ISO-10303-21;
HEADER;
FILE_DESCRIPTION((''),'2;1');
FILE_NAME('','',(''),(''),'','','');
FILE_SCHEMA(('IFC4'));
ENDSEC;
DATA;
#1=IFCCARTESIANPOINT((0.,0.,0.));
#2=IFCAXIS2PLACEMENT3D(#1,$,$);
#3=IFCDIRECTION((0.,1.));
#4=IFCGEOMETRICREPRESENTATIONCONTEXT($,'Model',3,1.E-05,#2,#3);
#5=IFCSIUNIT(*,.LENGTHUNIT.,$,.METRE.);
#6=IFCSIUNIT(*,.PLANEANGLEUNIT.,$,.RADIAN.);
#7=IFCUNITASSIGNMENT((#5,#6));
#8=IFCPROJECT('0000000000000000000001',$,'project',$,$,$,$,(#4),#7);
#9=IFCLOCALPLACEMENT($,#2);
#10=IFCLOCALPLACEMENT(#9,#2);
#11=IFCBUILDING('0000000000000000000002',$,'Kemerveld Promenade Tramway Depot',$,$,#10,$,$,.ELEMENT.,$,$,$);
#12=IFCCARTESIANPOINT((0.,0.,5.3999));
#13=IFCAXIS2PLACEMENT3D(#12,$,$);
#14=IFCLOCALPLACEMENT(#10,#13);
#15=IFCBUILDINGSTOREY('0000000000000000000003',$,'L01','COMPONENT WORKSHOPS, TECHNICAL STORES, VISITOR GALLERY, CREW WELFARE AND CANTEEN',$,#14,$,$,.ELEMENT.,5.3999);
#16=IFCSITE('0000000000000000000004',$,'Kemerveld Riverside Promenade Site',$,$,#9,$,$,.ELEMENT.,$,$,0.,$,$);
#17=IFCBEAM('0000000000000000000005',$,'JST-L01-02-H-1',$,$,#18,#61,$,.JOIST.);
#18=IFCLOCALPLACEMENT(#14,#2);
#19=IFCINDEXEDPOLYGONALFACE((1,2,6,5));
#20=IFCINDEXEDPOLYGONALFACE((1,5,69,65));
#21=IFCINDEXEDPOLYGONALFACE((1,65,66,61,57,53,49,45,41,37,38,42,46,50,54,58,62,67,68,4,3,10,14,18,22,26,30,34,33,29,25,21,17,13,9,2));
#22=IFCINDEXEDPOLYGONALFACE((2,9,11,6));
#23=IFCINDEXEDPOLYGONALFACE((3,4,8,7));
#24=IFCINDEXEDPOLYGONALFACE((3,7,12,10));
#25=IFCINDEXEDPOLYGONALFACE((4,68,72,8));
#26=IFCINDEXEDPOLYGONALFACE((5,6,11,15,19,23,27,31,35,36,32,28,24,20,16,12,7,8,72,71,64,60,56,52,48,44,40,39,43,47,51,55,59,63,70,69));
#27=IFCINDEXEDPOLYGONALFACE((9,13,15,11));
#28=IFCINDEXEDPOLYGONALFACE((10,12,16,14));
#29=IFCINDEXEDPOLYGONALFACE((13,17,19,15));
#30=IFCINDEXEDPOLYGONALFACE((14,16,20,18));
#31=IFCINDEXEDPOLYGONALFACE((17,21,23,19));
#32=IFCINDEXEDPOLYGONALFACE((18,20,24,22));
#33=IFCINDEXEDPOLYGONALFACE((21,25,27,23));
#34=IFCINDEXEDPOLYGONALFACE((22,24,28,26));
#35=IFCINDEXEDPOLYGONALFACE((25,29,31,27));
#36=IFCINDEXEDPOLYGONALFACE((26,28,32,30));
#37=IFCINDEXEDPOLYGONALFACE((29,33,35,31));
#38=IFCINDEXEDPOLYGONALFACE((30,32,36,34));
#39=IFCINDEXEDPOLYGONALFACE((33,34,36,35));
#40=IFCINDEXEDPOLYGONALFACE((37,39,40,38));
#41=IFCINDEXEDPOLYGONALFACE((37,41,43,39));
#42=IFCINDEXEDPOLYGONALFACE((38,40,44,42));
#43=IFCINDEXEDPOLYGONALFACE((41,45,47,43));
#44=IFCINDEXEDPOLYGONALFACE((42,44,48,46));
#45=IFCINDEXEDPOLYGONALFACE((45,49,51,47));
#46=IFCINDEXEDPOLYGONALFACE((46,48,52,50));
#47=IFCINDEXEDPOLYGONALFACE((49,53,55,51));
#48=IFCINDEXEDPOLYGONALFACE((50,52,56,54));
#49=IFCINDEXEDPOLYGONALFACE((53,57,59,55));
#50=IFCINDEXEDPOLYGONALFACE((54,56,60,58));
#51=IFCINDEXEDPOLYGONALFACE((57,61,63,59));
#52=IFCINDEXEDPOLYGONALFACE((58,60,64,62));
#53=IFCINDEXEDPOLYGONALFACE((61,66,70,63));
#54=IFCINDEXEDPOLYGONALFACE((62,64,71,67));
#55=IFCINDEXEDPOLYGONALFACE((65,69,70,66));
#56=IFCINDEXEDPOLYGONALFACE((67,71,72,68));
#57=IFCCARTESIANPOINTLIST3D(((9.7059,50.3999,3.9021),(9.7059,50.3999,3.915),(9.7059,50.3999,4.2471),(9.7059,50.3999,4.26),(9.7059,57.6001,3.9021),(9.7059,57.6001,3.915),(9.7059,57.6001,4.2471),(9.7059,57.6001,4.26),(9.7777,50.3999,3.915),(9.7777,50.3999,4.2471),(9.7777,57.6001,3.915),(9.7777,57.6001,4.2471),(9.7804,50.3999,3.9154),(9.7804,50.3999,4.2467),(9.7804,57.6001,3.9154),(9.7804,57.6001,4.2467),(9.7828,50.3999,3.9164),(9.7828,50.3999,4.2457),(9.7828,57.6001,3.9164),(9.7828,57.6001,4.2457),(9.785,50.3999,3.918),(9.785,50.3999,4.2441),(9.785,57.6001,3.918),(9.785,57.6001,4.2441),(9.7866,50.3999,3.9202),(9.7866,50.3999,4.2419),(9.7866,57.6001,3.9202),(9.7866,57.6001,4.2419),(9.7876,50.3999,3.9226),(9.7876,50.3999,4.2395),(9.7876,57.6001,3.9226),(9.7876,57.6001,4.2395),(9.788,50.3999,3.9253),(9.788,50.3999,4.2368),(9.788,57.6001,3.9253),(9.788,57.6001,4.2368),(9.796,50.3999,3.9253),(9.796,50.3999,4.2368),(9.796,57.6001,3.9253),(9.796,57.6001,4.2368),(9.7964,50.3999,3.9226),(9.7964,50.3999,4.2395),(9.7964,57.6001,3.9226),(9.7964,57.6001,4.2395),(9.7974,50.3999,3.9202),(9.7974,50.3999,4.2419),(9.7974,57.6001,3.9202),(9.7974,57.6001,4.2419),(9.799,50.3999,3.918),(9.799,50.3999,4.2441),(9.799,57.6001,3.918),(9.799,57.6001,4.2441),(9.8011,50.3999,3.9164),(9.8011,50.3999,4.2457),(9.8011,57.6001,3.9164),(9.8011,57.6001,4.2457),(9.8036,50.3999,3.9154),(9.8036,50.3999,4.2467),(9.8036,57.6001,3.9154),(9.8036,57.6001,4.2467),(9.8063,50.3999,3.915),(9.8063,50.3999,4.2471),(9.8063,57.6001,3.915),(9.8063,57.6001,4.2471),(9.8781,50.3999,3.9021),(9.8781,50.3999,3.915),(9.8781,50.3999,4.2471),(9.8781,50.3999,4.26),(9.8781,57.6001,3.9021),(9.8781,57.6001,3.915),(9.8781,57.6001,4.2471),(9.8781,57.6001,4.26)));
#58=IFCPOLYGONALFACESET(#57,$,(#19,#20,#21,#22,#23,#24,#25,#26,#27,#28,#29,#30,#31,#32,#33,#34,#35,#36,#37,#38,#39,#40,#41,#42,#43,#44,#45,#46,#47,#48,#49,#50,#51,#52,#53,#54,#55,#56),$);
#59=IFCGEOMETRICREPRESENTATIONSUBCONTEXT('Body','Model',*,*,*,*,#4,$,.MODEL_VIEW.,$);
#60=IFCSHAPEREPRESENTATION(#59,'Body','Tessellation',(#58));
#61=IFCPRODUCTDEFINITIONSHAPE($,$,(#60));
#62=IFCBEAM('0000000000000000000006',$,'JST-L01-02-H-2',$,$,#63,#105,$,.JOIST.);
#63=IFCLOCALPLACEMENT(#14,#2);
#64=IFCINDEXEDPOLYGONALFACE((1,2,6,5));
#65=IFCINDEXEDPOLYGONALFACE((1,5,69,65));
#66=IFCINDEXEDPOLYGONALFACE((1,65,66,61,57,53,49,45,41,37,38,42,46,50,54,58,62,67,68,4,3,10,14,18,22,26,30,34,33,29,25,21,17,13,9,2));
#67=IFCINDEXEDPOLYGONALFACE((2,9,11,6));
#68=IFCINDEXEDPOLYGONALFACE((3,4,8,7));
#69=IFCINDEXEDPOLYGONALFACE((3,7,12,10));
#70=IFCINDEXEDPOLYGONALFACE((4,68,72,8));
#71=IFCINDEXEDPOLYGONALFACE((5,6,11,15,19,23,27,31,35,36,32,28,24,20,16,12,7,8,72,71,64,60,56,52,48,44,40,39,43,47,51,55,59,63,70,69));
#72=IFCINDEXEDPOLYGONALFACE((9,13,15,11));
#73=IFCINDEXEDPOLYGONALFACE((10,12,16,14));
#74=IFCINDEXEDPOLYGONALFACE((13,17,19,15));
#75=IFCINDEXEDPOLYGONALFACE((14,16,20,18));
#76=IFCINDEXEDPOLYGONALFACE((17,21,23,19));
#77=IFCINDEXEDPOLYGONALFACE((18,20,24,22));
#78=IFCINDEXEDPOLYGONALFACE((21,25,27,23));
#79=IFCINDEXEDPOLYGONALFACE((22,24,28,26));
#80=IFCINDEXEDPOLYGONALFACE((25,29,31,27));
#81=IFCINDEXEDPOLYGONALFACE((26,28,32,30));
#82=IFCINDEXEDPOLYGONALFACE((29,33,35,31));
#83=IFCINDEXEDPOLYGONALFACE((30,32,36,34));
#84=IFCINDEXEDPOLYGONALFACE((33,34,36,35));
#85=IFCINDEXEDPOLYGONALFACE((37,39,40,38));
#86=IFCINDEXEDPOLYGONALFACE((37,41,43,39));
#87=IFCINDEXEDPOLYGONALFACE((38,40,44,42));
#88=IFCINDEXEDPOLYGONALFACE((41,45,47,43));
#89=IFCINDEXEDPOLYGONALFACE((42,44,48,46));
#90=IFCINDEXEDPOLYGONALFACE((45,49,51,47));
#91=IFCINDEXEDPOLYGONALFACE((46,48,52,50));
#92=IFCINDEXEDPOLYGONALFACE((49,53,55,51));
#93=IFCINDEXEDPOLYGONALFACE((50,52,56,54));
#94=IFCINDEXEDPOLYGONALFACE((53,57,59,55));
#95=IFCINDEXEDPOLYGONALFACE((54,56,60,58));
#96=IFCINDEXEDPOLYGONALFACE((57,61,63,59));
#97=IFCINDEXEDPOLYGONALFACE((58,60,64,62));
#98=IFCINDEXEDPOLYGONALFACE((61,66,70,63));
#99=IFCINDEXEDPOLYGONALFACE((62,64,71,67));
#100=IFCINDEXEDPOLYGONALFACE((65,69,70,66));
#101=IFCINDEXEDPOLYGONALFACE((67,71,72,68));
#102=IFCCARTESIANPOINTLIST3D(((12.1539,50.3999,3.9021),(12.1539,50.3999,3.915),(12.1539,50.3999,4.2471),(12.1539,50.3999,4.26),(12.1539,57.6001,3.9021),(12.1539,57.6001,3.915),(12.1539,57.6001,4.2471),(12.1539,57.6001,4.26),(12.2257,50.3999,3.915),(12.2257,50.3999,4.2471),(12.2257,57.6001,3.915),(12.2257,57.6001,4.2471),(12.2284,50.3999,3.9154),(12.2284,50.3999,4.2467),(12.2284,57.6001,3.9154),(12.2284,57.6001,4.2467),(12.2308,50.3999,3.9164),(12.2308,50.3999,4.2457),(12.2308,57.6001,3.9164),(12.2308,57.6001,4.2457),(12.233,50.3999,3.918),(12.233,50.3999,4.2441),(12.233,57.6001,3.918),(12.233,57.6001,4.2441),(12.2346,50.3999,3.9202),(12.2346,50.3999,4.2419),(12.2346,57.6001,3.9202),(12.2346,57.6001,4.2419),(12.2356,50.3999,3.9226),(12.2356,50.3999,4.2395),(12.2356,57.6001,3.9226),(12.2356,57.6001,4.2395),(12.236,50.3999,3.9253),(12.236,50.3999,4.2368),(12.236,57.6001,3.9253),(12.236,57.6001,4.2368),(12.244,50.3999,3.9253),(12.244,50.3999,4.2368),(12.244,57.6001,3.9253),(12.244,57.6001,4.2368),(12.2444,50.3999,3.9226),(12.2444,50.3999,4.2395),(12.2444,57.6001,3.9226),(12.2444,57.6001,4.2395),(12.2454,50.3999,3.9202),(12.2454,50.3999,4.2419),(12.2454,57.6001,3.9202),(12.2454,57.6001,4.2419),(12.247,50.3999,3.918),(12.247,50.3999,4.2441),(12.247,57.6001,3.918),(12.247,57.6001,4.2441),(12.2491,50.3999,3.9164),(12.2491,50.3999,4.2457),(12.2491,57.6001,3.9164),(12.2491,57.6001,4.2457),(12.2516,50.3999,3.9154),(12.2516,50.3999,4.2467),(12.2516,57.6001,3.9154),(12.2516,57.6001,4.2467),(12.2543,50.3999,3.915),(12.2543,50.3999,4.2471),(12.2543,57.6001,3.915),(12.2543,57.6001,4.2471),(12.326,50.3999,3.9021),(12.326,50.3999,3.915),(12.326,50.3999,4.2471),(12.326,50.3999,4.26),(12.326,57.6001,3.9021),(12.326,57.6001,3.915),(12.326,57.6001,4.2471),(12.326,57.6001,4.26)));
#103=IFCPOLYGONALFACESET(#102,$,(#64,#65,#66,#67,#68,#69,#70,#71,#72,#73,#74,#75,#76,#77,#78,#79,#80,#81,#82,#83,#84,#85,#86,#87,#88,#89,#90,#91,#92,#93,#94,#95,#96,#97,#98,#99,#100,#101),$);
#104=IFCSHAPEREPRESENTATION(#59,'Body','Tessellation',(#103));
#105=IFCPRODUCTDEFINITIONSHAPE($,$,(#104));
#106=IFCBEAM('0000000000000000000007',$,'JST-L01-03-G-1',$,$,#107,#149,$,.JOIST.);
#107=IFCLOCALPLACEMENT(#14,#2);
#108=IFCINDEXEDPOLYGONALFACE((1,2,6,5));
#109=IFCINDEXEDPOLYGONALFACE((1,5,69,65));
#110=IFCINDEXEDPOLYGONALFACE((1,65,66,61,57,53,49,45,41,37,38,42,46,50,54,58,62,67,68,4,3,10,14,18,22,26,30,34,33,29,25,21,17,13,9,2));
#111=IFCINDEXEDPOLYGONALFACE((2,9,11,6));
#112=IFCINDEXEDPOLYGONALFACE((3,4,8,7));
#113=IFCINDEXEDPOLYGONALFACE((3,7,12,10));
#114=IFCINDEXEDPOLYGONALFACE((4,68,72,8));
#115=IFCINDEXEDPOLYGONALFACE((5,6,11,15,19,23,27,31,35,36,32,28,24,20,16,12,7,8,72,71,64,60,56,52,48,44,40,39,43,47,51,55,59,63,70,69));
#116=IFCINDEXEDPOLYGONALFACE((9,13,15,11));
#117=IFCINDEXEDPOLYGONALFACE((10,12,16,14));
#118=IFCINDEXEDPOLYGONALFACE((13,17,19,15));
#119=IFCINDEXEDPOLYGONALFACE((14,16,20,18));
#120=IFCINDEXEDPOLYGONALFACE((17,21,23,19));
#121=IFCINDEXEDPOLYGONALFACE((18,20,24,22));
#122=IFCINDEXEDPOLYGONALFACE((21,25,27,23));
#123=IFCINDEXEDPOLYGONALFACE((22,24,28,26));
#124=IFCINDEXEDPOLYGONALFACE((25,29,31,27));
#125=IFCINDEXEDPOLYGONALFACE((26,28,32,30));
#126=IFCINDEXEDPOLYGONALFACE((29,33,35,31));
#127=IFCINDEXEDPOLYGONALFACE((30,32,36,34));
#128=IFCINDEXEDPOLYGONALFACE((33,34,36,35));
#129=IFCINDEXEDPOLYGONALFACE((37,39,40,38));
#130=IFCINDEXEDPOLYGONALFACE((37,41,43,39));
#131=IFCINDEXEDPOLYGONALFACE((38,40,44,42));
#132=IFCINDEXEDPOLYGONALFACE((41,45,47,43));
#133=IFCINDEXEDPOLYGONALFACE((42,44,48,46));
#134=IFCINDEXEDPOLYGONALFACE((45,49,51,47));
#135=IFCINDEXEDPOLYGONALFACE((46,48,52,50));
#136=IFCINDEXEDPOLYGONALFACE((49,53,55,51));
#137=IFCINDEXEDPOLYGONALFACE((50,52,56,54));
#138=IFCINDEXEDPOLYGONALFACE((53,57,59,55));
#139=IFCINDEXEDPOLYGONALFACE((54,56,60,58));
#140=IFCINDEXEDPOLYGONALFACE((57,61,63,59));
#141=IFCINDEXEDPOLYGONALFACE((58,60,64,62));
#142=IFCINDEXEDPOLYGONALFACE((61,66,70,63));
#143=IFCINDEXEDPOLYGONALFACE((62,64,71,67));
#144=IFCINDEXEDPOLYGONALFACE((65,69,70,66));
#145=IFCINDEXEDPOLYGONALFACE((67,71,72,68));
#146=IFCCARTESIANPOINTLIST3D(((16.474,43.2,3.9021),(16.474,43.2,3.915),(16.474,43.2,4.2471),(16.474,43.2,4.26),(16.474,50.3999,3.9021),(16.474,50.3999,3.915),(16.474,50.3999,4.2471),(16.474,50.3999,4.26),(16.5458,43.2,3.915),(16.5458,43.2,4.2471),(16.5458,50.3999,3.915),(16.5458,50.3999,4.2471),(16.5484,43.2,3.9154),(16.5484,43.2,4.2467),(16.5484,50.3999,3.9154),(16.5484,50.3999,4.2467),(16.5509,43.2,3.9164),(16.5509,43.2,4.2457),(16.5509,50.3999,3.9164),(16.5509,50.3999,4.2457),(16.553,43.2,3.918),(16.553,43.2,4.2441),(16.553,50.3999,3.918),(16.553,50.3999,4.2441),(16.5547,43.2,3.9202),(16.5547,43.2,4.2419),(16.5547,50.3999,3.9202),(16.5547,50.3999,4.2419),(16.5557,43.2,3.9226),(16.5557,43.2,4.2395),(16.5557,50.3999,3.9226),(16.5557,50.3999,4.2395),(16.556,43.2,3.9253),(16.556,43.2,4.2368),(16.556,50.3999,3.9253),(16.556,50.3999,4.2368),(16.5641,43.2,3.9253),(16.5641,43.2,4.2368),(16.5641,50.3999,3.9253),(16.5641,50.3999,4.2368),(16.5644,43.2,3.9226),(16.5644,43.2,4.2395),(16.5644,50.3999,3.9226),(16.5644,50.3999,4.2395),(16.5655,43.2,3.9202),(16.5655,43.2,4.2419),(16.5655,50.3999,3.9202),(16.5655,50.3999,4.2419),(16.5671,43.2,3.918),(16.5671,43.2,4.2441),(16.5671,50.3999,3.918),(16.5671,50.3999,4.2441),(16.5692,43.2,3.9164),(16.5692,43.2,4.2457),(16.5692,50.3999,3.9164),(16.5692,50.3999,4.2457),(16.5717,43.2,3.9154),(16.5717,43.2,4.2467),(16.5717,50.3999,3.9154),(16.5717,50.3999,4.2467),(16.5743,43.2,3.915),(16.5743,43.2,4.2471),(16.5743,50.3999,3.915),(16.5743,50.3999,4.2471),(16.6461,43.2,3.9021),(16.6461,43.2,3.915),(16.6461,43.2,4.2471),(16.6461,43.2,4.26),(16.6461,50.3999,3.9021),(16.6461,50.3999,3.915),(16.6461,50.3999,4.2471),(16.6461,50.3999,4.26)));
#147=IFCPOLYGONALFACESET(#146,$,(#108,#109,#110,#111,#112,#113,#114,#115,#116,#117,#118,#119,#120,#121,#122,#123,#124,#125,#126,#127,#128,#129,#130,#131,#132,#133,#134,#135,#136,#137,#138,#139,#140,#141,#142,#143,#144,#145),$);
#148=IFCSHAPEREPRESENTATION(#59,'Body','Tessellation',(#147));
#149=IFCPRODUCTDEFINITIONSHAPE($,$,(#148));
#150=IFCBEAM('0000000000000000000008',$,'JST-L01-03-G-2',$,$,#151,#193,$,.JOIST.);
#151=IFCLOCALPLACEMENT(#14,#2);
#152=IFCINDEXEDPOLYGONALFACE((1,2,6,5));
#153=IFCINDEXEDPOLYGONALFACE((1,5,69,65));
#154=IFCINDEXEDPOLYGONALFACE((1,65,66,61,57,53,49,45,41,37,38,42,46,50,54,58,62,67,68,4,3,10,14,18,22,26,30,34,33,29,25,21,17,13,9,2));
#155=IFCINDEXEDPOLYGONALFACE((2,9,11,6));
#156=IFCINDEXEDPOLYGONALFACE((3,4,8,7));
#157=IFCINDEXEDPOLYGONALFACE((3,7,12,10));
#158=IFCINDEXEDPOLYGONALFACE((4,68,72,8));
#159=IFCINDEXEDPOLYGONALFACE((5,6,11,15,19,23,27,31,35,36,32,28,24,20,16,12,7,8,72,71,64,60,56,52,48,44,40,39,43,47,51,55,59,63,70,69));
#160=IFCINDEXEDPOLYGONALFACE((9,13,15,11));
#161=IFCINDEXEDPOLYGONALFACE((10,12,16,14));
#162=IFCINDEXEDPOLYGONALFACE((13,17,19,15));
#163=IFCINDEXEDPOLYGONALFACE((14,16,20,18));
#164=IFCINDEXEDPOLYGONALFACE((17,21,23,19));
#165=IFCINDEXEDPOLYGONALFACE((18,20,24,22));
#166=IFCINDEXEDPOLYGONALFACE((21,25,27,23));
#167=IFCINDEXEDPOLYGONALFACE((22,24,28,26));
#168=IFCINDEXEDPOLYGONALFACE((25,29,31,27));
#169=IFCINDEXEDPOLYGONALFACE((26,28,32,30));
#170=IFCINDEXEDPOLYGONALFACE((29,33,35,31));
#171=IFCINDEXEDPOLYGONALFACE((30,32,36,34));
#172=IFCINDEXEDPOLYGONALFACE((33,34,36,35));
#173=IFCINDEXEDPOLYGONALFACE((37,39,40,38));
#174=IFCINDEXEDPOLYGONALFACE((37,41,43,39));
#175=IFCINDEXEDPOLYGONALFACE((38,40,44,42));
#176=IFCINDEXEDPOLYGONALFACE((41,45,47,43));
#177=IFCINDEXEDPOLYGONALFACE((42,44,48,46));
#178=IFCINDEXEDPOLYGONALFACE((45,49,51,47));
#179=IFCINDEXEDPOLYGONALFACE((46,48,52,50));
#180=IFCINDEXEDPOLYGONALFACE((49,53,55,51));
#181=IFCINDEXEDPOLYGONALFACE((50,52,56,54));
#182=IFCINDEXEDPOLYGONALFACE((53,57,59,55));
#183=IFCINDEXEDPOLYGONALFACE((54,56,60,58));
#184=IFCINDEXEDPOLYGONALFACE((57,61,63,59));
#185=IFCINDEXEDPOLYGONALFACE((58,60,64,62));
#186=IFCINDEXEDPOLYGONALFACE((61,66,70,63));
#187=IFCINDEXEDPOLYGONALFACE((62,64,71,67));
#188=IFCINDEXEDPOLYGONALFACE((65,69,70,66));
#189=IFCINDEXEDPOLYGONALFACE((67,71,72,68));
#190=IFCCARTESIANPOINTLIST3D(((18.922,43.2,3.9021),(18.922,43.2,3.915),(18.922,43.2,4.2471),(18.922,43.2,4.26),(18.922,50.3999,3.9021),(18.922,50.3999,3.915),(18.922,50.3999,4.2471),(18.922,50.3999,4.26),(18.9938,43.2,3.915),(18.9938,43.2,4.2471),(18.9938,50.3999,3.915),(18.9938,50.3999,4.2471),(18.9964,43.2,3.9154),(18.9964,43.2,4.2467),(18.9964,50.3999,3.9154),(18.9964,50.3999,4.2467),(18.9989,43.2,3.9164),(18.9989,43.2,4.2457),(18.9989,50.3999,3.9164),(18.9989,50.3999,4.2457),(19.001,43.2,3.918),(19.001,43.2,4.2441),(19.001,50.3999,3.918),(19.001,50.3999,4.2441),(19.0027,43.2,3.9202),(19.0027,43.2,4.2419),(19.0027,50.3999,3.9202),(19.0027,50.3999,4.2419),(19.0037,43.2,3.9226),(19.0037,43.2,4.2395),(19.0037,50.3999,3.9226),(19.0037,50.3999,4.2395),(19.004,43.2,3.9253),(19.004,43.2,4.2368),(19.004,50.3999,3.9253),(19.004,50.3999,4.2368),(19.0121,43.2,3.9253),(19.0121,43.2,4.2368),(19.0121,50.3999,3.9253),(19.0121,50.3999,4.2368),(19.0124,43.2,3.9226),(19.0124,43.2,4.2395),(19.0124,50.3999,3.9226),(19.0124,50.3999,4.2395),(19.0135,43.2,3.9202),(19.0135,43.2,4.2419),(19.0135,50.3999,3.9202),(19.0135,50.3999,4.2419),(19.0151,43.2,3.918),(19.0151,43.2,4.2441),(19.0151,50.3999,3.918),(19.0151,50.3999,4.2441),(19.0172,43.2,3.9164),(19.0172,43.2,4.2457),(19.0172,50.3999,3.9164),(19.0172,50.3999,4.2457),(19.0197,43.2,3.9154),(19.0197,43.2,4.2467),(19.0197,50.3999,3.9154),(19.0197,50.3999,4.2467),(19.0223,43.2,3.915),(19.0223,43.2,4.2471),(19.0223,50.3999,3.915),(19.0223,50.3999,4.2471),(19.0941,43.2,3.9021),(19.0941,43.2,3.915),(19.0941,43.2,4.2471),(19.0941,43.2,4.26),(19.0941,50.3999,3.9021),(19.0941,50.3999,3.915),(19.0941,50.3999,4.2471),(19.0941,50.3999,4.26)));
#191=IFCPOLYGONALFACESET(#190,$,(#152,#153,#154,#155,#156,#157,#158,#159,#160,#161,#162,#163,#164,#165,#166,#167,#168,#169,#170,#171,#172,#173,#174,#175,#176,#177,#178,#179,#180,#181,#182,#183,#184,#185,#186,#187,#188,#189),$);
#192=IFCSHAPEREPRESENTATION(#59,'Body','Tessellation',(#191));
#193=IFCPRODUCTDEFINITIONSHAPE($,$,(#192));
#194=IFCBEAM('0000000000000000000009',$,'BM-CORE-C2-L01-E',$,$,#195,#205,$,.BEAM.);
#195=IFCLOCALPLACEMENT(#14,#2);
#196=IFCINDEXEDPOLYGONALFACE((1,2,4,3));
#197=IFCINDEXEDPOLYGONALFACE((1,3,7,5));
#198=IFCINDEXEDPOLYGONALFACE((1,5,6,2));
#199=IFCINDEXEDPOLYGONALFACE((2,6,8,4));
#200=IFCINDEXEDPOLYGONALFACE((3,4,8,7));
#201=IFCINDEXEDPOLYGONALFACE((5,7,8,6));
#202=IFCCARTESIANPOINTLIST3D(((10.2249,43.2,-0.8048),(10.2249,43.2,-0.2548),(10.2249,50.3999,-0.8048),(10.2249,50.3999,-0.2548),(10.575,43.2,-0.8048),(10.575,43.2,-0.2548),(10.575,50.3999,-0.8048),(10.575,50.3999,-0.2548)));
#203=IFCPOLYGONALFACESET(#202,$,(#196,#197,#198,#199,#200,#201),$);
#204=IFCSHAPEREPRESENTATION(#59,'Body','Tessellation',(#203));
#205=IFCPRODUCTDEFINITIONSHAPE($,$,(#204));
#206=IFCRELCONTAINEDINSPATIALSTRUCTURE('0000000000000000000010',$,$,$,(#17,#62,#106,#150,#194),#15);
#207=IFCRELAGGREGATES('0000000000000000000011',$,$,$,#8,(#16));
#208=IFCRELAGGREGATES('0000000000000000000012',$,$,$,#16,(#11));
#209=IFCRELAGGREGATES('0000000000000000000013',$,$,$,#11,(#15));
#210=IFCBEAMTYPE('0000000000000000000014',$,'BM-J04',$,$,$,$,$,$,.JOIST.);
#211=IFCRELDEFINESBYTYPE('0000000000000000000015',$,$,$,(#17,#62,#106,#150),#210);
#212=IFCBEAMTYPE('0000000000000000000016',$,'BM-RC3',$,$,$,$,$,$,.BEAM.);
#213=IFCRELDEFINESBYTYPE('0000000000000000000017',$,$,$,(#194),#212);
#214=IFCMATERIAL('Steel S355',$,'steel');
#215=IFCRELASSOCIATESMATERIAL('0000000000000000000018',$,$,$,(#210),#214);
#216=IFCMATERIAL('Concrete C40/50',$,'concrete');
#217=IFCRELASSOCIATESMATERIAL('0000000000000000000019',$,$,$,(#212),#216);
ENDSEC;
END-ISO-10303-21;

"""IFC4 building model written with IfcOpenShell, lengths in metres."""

from ifc_helpers import new_model, si_unit, direction, frame, origin, origin_2d, place, context, subcontext, project, spatial, rectangle, i_section, extrude, material, material_profile, profile_set, type_object, element, save


model = new_model("IFC4")

# Units and contexts
model_context = context("Model", 3, precision=1e-05, world=origin(), true_north=direction((0.0, 1.0)))
body_context = subcontext(model_context, "Body", "Model", "MODEL_VIEW")
ifc_project = project(units=[si_unit("LENGTHUNIT", "METRE"), si_unit("PLANEANGLEUNIT", "RADIAN")], contexts=[model_context])

# Site, building, storey
site_placement = place(None, origin())
site = spatial("IfcSite", under=ifc_project, at=site_placement, Name="Kemerveld Riverside Promenade Site", CompositionType="ELEMENT", RefElevation=0.0)
building_placement = place(site_placement, origin())
building = spatial("IfcBuilding", under=site, at=building_placement, Name="Kemerveld Promenade Tramway Depot", CompositionType="ELEMENT")
storey_placement = place(building_placement, frame((0.0, 0.0, 5.3999)))
storey = spatial("IfcBuildingStorey", under=building, at=storey_placement, Name="L01", Description="COMPONENT WORKSHOPS, TECHNICAL STORES, VISITOR GALLERY, CREW WELFARE AND CANTEEN", CompositionType="ELEMENT", Elevation=5.3999)

# Shared definitions
ifc_material_1 = material(Name="Steel S355", Category="steel")

# Beams
ifc_material_profile_1 = material_profile(ifc_material_1, i_section(OverallWidth=0.1721, OverallDepth=0.3579, WebThickness=0.0081, FlangeThickness=0.0129, FilletRadius=0.0103, at=origin_2d()), Name="356x171x57 UB")
ifc_profile_set_1 = profile_set([ifc_material_profile_1], Name="Steel S355")
beam_type_1 = type_object("IfcBeamType", Name="BM-J04", PredefinedType="JOIST", material=ifc_profile_set_1)
for number, where, z_axis, x_axis, name in (
    (1, (9.792, 50.3999, 4.0811), (0.0, 1.0, 0.0), (-1.0, 0.0, 0.0), "JST-L01-02-H-1"),
    (2, (12.24, 50.3999, 4.0811), (0.0, 1.0, 0.0), (-1.0, 0.0, 0.0), "JST-L01-02-H-2"),
):
    element("IfcBeam", number, at=place(storey_placement, frame(where, z_axis=z_axis, x_axis=x_axis)), inside=storey, type_object=beam_type_1, Name=name, PredefinedType="JOIST", context=body_context, shape_type="SweptSolid", body=[
        extrude(i_section(OverallWidth=0.1721, OverallDepth=0.3579, WebThickness=0.0081, FlangeThickness=0.0129, FilletRadius=0.0103, at=origin_2d()), origin(), (0.0, 0.0, 1.0), 7.2002),
    ])
for number, where, z_axis, x_axis, name in (
    (3, (16.5601, 43.2, 4.0811), (0.0, 1.0, 0.0), (-1.0, 0.0, 0.0), "JST-L01-03-G-1"),
    (4, (19.0081, 43.2, 4.0811), (0.0, 1.0, 0.0), (-1.0, 0.0, 0.0), "JST-L01-03-G-2"),
):
    element("IfcBeam", number, at=place(storey_placement, frame(where, z_axis=z_axis, x_axis=x_axis)), inside=storey, type_object=beam_type_1, Name=name, PredefinedType="JOIST", context=body_context, shape_type="SweptSolid", body=[
        extrude(i_section(OverallWidth=0.1721, OverallDepth=0.3579, WebThickness=0.0081, FlangeThickness=0.0129, FilletRadius=0.0103, at=origin_2d()), origin(), (0.0, 0.0, 1.0), 7.2),
    ])
ifc_material_2 = material(Name="Concrete C40/50", Category="concrete")
ifc_material_profile_2 = material_profile(ifc_material_2, rectangle(XDim=0.3501, YDim=0.55, at=origin_2d()), Name="RC-BM-350x550")
ifc_profile_set_2 = profile_set([ifc_material_profile_2], Name="Concrete C40/50")
beam_type_2 = type_object("IfcBeamType", Name="BM-RC3", PredefinedType="BEAM", material=ifc_profile_set_2)
beam_1_placement = place(storey_placement, frame((10.3999, 43.2, -0.5298), z_axis=(0.0, 1.0, 0.0), x_axis=(-1.0, 0.0, 0.0)))
element("IfcBeam", 5, at=beam_1_placement, inside=storey, type_object=beam_type_2, Name="BM-CORE-C2-L01-E", PredefinedType="BEAM", context=body_context, shape_type="SweptSolid", body=[
    extrude(rectangle(XDim=0.3501, YDim=0.55, at=origin_2d()), origin(), (0.0, 0.0, 1.0), 7.2),
])

save(model, "model.ifc")
